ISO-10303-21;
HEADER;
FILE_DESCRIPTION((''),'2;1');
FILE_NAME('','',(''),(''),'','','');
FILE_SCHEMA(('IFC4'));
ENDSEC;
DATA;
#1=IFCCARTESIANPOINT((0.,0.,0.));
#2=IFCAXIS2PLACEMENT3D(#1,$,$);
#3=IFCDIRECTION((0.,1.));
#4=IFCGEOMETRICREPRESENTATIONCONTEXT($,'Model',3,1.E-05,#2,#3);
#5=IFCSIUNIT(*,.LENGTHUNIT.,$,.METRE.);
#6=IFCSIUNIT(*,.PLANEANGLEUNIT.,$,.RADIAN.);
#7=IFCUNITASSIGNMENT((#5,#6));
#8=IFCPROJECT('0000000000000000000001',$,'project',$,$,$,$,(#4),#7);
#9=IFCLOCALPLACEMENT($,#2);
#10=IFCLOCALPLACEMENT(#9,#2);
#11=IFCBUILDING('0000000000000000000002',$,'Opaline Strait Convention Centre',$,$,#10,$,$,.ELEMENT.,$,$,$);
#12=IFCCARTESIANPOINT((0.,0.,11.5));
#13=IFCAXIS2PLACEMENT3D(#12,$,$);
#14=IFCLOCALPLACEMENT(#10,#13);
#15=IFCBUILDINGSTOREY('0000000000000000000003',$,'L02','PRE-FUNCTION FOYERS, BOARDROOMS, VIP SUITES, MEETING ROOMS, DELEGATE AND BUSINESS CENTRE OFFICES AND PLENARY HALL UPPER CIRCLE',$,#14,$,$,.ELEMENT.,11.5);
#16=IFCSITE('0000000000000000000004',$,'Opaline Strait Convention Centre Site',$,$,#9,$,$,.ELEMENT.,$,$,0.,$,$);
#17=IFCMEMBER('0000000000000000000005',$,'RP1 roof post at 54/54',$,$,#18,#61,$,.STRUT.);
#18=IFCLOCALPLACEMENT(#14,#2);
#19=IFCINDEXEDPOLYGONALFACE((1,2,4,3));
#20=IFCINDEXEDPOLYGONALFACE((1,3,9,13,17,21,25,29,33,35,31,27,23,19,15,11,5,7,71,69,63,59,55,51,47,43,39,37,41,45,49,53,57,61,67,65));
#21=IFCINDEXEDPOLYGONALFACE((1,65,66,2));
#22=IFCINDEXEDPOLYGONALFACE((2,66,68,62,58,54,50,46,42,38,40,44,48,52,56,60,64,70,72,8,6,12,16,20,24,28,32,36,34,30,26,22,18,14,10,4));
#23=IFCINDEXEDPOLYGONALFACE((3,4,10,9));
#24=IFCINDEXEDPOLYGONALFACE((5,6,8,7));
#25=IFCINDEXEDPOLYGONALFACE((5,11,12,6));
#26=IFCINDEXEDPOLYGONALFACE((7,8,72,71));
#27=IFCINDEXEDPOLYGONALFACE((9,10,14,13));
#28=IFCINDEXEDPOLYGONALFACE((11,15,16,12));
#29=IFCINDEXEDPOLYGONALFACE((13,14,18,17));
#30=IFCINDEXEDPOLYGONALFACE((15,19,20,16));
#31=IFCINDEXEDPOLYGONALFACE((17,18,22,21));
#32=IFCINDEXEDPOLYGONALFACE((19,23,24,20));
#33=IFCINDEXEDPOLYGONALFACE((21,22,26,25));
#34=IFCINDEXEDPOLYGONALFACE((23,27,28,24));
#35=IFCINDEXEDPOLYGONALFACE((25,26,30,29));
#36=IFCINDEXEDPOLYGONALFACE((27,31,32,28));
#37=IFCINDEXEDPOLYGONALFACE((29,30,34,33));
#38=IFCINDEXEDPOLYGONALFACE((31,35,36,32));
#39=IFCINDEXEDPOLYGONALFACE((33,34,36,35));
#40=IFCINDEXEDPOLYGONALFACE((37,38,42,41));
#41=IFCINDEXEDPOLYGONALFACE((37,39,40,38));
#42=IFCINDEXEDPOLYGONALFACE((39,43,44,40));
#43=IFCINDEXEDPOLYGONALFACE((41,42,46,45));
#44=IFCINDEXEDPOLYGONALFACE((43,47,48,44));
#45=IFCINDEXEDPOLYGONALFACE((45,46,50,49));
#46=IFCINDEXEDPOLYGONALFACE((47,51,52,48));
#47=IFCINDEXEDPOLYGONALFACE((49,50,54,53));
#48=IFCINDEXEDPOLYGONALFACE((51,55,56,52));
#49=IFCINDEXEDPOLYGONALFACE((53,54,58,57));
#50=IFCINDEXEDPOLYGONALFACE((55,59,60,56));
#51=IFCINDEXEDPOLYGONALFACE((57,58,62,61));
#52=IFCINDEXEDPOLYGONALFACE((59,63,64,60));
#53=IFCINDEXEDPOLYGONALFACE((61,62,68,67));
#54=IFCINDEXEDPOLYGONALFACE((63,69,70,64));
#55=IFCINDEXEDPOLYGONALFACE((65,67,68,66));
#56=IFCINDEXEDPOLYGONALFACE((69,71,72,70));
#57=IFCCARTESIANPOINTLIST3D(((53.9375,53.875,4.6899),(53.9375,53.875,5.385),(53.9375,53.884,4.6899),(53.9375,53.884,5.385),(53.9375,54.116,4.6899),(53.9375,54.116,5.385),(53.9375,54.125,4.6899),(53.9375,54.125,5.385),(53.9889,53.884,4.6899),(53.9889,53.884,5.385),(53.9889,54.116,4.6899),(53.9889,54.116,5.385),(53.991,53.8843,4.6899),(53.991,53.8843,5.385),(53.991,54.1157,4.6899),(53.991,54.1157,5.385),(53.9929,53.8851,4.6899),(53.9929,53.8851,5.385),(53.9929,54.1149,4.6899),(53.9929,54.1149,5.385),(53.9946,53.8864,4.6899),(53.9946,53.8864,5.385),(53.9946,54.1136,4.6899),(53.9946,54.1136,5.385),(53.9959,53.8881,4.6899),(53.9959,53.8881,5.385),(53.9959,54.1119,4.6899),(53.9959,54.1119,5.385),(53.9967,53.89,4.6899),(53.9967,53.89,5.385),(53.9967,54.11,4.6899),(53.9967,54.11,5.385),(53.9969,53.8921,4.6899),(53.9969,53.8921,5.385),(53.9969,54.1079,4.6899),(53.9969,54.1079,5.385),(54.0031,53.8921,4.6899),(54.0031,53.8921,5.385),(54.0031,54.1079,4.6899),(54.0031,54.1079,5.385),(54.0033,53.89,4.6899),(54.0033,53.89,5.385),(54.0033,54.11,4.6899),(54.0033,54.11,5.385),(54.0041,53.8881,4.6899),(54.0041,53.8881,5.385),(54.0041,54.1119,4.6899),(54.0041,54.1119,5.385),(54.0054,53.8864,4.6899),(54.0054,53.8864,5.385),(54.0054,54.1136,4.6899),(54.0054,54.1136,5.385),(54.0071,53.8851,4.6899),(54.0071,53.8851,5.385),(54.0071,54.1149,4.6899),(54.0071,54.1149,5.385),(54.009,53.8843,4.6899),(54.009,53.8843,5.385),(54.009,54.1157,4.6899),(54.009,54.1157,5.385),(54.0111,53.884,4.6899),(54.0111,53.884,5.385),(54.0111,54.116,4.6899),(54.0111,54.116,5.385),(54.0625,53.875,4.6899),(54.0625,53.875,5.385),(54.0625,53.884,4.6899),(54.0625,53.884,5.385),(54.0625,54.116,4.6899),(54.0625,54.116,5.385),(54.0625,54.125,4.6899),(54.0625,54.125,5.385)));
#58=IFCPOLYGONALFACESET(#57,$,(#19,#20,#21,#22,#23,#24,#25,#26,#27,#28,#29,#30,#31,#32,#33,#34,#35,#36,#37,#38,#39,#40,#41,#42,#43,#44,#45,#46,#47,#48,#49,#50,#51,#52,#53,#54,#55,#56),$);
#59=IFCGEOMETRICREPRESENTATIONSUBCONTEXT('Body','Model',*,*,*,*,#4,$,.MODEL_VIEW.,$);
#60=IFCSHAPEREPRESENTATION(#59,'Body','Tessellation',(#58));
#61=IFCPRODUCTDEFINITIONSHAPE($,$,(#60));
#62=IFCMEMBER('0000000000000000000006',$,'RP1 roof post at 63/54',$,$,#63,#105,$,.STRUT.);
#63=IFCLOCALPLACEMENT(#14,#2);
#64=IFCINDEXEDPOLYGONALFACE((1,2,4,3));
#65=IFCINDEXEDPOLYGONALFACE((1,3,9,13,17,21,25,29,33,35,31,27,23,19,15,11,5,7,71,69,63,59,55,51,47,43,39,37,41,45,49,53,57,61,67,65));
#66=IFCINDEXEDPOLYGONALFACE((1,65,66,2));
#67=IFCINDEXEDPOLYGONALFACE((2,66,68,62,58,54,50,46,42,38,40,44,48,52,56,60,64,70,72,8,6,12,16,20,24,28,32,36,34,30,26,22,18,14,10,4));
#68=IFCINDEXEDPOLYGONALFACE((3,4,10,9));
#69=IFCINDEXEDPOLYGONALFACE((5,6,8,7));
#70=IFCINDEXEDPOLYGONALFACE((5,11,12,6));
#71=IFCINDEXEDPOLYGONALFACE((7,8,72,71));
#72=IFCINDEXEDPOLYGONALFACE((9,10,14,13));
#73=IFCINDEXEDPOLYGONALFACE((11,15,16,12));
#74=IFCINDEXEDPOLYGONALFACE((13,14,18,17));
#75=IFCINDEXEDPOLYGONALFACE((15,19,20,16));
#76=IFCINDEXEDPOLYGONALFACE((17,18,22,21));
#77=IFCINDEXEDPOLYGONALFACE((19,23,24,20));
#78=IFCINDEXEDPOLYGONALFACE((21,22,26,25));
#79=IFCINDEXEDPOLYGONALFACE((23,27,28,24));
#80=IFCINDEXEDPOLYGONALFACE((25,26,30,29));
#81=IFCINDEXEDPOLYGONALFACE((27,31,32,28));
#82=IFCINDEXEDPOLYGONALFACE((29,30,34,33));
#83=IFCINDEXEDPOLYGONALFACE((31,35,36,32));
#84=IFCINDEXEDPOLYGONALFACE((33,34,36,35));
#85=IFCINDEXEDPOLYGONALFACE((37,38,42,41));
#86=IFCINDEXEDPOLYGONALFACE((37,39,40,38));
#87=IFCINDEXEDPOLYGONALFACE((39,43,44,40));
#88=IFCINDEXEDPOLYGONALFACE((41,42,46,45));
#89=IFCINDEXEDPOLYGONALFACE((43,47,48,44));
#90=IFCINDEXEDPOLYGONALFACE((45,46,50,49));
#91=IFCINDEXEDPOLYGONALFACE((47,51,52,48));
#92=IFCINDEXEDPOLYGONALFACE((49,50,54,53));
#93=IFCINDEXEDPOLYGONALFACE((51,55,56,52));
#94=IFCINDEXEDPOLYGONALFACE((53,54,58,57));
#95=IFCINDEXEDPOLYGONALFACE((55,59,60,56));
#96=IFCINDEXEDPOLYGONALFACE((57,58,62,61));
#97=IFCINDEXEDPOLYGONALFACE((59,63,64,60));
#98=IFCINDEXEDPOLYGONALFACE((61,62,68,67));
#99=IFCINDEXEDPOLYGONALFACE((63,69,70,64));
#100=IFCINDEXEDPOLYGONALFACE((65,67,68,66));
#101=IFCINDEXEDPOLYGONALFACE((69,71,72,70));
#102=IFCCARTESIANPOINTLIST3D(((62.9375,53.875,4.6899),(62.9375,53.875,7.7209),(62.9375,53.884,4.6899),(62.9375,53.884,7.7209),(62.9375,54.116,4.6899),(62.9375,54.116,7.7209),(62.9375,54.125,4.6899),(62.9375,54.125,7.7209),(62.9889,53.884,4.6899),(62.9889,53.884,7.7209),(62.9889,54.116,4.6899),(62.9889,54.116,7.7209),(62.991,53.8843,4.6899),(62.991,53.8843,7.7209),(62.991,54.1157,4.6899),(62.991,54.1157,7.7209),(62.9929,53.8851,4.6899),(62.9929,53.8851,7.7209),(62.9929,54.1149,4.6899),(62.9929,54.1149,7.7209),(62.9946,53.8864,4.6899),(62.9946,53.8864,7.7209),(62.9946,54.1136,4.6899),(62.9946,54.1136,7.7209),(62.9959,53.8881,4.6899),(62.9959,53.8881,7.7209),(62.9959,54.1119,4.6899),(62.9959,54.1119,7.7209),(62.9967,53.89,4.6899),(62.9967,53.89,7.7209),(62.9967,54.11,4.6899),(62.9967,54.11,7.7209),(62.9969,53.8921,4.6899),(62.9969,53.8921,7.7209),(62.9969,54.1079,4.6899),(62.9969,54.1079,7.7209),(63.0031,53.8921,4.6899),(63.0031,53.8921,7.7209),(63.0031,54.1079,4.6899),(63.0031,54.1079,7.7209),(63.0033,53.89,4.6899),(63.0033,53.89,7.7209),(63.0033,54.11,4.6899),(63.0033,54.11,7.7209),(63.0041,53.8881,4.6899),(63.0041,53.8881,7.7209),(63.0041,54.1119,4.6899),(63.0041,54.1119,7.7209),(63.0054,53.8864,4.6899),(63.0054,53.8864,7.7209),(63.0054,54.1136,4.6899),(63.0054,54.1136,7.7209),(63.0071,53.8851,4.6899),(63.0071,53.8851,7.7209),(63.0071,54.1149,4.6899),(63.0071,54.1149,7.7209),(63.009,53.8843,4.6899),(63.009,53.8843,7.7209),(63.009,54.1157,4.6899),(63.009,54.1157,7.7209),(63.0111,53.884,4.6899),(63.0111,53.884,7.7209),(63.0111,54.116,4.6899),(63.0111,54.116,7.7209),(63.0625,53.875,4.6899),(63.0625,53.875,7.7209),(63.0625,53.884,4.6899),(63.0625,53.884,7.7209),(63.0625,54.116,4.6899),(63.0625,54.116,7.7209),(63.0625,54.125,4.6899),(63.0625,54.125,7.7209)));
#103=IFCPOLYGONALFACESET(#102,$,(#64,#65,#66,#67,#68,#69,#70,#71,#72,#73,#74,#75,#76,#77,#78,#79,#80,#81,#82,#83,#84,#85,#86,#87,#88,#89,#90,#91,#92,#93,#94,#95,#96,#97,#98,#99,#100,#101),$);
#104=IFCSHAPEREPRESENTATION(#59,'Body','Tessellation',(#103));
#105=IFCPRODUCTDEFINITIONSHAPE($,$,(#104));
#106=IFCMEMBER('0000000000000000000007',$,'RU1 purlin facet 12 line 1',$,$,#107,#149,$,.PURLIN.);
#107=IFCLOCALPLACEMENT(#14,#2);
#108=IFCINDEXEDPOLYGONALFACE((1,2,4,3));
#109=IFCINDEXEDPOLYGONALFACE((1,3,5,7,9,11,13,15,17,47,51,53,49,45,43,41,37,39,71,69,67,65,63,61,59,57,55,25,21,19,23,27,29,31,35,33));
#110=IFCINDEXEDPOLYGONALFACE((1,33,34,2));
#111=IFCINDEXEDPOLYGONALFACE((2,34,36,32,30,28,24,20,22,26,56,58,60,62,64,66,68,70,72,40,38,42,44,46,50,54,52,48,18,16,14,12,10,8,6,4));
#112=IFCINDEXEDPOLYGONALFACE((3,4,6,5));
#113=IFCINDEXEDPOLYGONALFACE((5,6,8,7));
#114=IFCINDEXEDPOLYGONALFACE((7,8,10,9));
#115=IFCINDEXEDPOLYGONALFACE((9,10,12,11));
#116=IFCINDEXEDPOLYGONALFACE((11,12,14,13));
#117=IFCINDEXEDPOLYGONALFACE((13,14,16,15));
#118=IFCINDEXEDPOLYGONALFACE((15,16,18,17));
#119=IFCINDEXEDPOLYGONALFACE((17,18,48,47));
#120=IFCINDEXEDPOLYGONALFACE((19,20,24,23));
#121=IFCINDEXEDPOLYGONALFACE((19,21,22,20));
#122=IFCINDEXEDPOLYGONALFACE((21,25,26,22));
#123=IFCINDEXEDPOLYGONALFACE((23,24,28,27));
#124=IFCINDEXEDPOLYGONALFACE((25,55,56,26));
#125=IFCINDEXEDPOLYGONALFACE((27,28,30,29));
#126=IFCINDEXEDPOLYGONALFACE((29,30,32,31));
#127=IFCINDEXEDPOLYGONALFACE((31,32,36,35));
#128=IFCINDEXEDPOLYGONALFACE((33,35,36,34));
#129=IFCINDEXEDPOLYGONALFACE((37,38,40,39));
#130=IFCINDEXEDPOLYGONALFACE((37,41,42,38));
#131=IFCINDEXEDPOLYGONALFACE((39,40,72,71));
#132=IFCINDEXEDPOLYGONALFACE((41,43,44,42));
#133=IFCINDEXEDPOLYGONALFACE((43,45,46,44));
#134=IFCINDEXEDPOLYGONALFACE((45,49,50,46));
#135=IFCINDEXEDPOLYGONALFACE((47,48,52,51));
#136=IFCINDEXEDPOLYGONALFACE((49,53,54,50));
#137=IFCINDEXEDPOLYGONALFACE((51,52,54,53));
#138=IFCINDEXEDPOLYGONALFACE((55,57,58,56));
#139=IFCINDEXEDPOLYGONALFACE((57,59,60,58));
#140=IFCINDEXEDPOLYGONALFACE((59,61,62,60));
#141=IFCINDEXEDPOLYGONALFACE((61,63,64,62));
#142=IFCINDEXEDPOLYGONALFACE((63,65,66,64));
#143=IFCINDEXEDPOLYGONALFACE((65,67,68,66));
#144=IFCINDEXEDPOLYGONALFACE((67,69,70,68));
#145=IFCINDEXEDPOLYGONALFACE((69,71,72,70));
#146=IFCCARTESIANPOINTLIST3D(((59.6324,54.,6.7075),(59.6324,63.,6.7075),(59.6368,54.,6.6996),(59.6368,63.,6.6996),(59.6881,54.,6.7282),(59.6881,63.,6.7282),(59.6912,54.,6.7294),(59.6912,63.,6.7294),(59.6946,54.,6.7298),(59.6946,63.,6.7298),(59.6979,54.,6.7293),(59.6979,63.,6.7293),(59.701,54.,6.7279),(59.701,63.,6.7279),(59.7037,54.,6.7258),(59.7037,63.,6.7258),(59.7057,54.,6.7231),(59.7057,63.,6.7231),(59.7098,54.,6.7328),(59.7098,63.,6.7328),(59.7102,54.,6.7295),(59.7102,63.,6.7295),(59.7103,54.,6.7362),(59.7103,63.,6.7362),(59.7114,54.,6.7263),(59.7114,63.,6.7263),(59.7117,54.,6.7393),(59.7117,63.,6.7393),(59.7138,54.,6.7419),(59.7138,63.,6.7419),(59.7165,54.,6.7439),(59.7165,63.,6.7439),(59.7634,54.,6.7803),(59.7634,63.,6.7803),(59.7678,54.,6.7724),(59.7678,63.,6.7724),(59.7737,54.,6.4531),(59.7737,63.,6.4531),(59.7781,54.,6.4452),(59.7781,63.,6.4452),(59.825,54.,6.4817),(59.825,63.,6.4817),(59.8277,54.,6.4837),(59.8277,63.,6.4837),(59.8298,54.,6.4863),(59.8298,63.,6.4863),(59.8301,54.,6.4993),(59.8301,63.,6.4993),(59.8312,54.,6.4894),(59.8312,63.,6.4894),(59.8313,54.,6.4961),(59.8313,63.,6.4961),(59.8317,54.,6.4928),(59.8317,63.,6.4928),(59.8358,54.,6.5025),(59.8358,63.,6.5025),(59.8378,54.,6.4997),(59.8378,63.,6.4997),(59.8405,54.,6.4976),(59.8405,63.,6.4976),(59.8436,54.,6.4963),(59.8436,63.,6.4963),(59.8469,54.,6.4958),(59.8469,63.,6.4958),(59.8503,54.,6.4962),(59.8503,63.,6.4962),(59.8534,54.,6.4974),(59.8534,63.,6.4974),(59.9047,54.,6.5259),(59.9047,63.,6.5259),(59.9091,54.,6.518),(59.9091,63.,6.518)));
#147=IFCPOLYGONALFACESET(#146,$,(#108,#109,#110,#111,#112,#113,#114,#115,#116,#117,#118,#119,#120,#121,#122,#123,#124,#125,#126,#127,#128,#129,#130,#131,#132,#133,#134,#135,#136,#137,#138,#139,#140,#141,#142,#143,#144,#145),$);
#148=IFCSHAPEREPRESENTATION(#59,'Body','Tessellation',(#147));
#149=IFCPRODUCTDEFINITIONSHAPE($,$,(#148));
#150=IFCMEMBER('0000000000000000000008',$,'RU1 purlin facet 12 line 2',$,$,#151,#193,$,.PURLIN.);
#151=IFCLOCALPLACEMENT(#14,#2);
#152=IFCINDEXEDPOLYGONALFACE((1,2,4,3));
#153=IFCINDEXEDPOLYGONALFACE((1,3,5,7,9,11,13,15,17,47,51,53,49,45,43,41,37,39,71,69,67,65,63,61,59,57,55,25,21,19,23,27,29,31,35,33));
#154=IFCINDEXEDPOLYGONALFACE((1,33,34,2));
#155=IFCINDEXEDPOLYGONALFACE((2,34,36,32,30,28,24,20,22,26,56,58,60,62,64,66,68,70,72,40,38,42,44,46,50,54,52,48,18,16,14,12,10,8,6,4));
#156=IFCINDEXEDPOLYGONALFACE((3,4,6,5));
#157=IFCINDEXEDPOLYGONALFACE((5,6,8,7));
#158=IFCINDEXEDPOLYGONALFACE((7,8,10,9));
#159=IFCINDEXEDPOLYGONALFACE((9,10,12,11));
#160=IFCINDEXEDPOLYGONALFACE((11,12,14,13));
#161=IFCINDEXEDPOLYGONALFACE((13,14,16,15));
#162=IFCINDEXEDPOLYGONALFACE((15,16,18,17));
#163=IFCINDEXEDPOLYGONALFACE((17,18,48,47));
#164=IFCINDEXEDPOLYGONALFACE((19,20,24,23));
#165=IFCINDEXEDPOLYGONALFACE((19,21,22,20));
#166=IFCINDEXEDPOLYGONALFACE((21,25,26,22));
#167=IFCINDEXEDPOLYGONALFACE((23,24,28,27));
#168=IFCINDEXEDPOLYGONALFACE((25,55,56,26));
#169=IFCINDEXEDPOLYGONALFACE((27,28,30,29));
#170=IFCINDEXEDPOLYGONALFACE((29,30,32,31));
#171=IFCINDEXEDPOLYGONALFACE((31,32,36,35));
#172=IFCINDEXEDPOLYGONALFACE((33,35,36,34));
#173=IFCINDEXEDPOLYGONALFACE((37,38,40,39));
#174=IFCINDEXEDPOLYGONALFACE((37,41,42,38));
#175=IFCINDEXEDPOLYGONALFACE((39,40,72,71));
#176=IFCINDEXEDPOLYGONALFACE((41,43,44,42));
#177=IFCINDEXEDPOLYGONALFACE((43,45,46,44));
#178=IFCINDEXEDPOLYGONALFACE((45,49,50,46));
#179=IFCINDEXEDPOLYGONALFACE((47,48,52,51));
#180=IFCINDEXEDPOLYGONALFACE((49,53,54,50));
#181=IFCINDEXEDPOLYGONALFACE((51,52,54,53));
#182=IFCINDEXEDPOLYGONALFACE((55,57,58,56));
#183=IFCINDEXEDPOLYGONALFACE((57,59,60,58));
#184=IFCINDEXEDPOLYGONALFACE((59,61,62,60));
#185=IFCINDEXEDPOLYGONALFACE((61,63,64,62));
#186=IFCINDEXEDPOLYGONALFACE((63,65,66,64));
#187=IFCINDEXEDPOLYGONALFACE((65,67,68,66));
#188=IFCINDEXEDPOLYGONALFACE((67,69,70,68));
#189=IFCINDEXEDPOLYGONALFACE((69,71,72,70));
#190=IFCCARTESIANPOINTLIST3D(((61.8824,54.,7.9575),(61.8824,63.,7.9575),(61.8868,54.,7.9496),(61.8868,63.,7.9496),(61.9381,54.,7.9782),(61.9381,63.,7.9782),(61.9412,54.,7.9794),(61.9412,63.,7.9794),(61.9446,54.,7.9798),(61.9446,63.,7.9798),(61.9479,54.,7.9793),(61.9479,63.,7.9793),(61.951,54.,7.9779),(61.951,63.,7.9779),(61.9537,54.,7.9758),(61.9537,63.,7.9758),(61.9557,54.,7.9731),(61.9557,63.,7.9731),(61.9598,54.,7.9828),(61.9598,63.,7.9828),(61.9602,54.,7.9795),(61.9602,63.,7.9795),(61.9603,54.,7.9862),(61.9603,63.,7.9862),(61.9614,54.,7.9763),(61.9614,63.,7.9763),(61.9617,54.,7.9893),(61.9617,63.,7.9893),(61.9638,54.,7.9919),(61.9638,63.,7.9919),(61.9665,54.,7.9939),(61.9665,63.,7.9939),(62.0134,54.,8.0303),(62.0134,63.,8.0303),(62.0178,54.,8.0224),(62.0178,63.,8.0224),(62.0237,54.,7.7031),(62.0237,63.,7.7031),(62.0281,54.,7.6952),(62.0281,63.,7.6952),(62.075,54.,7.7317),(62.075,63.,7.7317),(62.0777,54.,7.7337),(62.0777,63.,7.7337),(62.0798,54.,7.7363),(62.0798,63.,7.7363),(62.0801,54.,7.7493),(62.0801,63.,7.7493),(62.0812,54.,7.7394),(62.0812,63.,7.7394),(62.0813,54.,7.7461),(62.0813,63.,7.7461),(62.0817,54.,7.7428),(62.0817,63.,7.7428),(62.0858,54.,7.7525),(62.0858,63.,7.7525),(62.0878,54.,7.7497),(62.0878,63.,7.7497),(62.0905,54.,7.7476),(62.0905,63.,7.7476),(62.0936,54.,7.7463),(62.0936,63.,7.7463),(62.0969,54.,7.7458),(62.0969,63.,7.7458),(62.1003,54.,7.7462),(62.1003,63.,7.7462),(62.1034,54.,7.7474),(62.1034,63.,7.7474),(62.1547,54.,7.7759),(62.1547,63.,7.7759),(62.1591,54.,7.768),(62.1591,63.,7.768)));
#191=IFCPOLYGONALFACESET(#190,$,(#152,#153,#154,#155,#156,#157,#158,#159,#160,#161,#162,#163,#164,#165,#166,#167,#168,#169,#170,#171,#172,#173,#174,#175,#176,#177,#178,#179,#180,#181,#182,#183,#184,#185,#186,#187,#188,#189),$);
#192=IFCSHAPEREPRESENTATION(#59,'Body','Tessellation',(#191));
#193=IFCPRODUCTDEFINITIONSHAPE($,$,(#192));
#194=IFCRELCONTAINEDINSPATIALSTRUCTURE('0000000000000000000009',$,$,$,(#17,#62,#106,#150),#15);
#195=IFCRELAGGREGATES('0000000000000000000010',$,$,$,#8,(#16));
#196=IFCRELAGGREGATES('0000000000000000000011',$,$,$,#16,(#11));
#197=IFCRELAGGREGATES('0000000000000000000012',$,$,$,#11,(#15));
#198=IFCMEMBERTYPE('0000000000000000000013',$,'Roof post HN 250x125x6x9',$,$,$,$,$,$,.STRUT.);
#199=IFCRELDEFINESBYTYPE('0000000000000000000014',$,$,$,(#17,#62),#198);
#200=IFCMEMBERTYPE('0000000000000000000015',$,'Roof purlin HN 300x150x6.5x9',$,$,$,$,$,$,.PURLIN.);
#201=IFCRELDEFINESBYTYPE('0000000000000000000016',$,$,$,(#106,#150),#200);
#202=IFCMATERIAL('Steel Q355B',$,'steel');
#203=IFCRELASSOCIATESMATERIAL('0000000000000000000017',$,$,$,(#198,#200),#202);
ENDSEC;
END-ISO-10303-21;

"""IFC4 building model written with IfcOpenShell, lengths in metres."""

from ifc_helpers import new_model, si_unit, direction, frame, origin, origin_2d, place, context, subcontext, project, spatial, i_section, extrude, material, material_profile, profile_set, type_object, element, save


model = new_model("IFC4")

# Units and contexts
model_context = context("Model", 3, precision=1e-05, world=origin(), true_north=direction((0.0, 1.0)))
body_context = subcontext(model_context, "Body", "Model", "MODEL_VIEW")
ifc_project = project(units=[si_unit("LENGTHUNIT", "METRE"), si_unit("PLANEANGLEUNIT", "RADIAN")], contexts=[model_context])

# Site, building, storey
site_placement = place(None, origin())
site = spatial("IfcSite", under=ifc_project, at=site_placement, Name="Opaline Strait Convention Centre Site", CompositionType="ELEMENT", RefElevation=0.0)
building_placement = place(site_placement, origin())
building = spatial("IfcBuilding", under=site, at=building_placement, Name="Opaline Strait Convention Centre", CompositionType="ELEMENT")
storey_placement = place(building_placement, frame((0.0, 0.0, 11.5)))
storey = spatial("IfcBuildingStorey", under=building, at=storey_placement, Name="L02", Description="PRE-FUNCTION FOYERS, BOARDROOMS, VIP SUITES, MEETING ROOMS, DELEGATE AND BUSINESS CENTRE OFFICES AND PLENARY HALL UPPER CIRCLE", CompositionType="ELEMENT", Elevation=11.5)

# Shared definitions
ifc_material_1 = material(Name="Steel Q355B", Category="steel")

# Members
ifc_material_profile_1 = material_profile(ifc_material_1, i_section(OverallWidth=0.125, OverallDepth=0.25, WebThickness=0.0061, FlangeThickness=0.009, FilletRadius=0.0081, at=origin_2d()), Name="HN 250x125x6x9")
ifc_profile_set_1 = profile_set([ifc_material_profile_1], Name="Steel Q355B")
member_type_1 = type_object("IfcMemberType", Name="Roof post HN 250x125x6x9", PredefinedType="STRUT", material=ifc_profile_set_1)
member_1_placement = place(storey_placement, frame((54.0, 54.0, 4.6899), z_axis=(0.0, 0.0, 1.0), x_axis=(1.0, 0.0, 0.0)))
element("IfcMember", 1, at=member_1_placement, inside=storey, type_object=member_type_1, Name="RP1 roof post at 54/54", PredefinedType="STRUT", context=body_context, shape_type="SweptSolid", body=[
    extrude(i_section(OverallWidth=0.125, OverallDepth=0.25, WebThickness=0.0061, FlangeThickness=0.009, FilletRadius=0.0081, at=origin_2d()), origin(), (0.0, 0.0, 1.0), 0.6951),
])
member_2_placement = place(storey_placement, frame((63.0, 54.0, 4.6899), z_axis=(0.0, 0.0, 1.0), x_axis=(1.0, 0.0, 0.0)))
element("IfcMember", 2, at=member_2_placement, inside=storey, type_object=member_type_1, Name="RP1 roof post at 63/54", PredefinedType="STRUT", context=body_context, shape_type="SweptSolid", body=[
    extrude(i_section(OverallWidth=0.125, OverallDepth=0.25, WebThickness=0.0061, FlangeThickness=0.009, FilletRadius=0.0081, at=origin_2d()), origin(), (0.0, 0.0, 1.0), 3.031),
])
ifc_material_profile_2 = material_profile(ifc_material_1, i_section(OverallWidth=0.1499, OverallDepth=0.3, WebThickness=0.0066, FlangeThickness=0.009, FilletRadius=0.0129, at=origin_2d()), Name="HN 300x150x6.5x9")
ifc_profile_set_2 = profile_set([ifc_material_profile_2], Name="Steel Q355B")
member_type_2 = type_object("IfcMemberType", Name="Roof purlin HN 300x150x6.5x9", PredefinedType="PURLIN", material=ifc_profile_set_2)
for number, where, z_axis, x_axis, name in (
    (3, (59.7708, 54.0, 6.6128), (0.0, 1.0, 0.0), (-0.874157, 0.0, -0.485643), "RU1 purlin facet 12 line 1"),
    (4, (62.0208, 54.0, 7.8628), (0.0, 1.0, 0.0), (-0.874157, 0.0, -0.485643), "RU1 purlin facet 12 line 2"),
):
    element("IfcMember", number, at=place(storey_placement, frame(where, z_axis=z_axis, x_axis=x_axis)), inside=storey, type_object=member_type_2, Name=name, PredefinedType="PURLIN", context=body_context, shape_type="SweptSolid", body=[
        extrude(i_section(OverallWidth=0.1499, OverallDepth=0.3, WebThickness=0.0066, FlangeThickness=0.009, FilletRadius=0.0129, at=origin_2d()), origin(), (0.0, 0.0, 1.0), 9.0),
    ])

save(model, "model.ifc")
